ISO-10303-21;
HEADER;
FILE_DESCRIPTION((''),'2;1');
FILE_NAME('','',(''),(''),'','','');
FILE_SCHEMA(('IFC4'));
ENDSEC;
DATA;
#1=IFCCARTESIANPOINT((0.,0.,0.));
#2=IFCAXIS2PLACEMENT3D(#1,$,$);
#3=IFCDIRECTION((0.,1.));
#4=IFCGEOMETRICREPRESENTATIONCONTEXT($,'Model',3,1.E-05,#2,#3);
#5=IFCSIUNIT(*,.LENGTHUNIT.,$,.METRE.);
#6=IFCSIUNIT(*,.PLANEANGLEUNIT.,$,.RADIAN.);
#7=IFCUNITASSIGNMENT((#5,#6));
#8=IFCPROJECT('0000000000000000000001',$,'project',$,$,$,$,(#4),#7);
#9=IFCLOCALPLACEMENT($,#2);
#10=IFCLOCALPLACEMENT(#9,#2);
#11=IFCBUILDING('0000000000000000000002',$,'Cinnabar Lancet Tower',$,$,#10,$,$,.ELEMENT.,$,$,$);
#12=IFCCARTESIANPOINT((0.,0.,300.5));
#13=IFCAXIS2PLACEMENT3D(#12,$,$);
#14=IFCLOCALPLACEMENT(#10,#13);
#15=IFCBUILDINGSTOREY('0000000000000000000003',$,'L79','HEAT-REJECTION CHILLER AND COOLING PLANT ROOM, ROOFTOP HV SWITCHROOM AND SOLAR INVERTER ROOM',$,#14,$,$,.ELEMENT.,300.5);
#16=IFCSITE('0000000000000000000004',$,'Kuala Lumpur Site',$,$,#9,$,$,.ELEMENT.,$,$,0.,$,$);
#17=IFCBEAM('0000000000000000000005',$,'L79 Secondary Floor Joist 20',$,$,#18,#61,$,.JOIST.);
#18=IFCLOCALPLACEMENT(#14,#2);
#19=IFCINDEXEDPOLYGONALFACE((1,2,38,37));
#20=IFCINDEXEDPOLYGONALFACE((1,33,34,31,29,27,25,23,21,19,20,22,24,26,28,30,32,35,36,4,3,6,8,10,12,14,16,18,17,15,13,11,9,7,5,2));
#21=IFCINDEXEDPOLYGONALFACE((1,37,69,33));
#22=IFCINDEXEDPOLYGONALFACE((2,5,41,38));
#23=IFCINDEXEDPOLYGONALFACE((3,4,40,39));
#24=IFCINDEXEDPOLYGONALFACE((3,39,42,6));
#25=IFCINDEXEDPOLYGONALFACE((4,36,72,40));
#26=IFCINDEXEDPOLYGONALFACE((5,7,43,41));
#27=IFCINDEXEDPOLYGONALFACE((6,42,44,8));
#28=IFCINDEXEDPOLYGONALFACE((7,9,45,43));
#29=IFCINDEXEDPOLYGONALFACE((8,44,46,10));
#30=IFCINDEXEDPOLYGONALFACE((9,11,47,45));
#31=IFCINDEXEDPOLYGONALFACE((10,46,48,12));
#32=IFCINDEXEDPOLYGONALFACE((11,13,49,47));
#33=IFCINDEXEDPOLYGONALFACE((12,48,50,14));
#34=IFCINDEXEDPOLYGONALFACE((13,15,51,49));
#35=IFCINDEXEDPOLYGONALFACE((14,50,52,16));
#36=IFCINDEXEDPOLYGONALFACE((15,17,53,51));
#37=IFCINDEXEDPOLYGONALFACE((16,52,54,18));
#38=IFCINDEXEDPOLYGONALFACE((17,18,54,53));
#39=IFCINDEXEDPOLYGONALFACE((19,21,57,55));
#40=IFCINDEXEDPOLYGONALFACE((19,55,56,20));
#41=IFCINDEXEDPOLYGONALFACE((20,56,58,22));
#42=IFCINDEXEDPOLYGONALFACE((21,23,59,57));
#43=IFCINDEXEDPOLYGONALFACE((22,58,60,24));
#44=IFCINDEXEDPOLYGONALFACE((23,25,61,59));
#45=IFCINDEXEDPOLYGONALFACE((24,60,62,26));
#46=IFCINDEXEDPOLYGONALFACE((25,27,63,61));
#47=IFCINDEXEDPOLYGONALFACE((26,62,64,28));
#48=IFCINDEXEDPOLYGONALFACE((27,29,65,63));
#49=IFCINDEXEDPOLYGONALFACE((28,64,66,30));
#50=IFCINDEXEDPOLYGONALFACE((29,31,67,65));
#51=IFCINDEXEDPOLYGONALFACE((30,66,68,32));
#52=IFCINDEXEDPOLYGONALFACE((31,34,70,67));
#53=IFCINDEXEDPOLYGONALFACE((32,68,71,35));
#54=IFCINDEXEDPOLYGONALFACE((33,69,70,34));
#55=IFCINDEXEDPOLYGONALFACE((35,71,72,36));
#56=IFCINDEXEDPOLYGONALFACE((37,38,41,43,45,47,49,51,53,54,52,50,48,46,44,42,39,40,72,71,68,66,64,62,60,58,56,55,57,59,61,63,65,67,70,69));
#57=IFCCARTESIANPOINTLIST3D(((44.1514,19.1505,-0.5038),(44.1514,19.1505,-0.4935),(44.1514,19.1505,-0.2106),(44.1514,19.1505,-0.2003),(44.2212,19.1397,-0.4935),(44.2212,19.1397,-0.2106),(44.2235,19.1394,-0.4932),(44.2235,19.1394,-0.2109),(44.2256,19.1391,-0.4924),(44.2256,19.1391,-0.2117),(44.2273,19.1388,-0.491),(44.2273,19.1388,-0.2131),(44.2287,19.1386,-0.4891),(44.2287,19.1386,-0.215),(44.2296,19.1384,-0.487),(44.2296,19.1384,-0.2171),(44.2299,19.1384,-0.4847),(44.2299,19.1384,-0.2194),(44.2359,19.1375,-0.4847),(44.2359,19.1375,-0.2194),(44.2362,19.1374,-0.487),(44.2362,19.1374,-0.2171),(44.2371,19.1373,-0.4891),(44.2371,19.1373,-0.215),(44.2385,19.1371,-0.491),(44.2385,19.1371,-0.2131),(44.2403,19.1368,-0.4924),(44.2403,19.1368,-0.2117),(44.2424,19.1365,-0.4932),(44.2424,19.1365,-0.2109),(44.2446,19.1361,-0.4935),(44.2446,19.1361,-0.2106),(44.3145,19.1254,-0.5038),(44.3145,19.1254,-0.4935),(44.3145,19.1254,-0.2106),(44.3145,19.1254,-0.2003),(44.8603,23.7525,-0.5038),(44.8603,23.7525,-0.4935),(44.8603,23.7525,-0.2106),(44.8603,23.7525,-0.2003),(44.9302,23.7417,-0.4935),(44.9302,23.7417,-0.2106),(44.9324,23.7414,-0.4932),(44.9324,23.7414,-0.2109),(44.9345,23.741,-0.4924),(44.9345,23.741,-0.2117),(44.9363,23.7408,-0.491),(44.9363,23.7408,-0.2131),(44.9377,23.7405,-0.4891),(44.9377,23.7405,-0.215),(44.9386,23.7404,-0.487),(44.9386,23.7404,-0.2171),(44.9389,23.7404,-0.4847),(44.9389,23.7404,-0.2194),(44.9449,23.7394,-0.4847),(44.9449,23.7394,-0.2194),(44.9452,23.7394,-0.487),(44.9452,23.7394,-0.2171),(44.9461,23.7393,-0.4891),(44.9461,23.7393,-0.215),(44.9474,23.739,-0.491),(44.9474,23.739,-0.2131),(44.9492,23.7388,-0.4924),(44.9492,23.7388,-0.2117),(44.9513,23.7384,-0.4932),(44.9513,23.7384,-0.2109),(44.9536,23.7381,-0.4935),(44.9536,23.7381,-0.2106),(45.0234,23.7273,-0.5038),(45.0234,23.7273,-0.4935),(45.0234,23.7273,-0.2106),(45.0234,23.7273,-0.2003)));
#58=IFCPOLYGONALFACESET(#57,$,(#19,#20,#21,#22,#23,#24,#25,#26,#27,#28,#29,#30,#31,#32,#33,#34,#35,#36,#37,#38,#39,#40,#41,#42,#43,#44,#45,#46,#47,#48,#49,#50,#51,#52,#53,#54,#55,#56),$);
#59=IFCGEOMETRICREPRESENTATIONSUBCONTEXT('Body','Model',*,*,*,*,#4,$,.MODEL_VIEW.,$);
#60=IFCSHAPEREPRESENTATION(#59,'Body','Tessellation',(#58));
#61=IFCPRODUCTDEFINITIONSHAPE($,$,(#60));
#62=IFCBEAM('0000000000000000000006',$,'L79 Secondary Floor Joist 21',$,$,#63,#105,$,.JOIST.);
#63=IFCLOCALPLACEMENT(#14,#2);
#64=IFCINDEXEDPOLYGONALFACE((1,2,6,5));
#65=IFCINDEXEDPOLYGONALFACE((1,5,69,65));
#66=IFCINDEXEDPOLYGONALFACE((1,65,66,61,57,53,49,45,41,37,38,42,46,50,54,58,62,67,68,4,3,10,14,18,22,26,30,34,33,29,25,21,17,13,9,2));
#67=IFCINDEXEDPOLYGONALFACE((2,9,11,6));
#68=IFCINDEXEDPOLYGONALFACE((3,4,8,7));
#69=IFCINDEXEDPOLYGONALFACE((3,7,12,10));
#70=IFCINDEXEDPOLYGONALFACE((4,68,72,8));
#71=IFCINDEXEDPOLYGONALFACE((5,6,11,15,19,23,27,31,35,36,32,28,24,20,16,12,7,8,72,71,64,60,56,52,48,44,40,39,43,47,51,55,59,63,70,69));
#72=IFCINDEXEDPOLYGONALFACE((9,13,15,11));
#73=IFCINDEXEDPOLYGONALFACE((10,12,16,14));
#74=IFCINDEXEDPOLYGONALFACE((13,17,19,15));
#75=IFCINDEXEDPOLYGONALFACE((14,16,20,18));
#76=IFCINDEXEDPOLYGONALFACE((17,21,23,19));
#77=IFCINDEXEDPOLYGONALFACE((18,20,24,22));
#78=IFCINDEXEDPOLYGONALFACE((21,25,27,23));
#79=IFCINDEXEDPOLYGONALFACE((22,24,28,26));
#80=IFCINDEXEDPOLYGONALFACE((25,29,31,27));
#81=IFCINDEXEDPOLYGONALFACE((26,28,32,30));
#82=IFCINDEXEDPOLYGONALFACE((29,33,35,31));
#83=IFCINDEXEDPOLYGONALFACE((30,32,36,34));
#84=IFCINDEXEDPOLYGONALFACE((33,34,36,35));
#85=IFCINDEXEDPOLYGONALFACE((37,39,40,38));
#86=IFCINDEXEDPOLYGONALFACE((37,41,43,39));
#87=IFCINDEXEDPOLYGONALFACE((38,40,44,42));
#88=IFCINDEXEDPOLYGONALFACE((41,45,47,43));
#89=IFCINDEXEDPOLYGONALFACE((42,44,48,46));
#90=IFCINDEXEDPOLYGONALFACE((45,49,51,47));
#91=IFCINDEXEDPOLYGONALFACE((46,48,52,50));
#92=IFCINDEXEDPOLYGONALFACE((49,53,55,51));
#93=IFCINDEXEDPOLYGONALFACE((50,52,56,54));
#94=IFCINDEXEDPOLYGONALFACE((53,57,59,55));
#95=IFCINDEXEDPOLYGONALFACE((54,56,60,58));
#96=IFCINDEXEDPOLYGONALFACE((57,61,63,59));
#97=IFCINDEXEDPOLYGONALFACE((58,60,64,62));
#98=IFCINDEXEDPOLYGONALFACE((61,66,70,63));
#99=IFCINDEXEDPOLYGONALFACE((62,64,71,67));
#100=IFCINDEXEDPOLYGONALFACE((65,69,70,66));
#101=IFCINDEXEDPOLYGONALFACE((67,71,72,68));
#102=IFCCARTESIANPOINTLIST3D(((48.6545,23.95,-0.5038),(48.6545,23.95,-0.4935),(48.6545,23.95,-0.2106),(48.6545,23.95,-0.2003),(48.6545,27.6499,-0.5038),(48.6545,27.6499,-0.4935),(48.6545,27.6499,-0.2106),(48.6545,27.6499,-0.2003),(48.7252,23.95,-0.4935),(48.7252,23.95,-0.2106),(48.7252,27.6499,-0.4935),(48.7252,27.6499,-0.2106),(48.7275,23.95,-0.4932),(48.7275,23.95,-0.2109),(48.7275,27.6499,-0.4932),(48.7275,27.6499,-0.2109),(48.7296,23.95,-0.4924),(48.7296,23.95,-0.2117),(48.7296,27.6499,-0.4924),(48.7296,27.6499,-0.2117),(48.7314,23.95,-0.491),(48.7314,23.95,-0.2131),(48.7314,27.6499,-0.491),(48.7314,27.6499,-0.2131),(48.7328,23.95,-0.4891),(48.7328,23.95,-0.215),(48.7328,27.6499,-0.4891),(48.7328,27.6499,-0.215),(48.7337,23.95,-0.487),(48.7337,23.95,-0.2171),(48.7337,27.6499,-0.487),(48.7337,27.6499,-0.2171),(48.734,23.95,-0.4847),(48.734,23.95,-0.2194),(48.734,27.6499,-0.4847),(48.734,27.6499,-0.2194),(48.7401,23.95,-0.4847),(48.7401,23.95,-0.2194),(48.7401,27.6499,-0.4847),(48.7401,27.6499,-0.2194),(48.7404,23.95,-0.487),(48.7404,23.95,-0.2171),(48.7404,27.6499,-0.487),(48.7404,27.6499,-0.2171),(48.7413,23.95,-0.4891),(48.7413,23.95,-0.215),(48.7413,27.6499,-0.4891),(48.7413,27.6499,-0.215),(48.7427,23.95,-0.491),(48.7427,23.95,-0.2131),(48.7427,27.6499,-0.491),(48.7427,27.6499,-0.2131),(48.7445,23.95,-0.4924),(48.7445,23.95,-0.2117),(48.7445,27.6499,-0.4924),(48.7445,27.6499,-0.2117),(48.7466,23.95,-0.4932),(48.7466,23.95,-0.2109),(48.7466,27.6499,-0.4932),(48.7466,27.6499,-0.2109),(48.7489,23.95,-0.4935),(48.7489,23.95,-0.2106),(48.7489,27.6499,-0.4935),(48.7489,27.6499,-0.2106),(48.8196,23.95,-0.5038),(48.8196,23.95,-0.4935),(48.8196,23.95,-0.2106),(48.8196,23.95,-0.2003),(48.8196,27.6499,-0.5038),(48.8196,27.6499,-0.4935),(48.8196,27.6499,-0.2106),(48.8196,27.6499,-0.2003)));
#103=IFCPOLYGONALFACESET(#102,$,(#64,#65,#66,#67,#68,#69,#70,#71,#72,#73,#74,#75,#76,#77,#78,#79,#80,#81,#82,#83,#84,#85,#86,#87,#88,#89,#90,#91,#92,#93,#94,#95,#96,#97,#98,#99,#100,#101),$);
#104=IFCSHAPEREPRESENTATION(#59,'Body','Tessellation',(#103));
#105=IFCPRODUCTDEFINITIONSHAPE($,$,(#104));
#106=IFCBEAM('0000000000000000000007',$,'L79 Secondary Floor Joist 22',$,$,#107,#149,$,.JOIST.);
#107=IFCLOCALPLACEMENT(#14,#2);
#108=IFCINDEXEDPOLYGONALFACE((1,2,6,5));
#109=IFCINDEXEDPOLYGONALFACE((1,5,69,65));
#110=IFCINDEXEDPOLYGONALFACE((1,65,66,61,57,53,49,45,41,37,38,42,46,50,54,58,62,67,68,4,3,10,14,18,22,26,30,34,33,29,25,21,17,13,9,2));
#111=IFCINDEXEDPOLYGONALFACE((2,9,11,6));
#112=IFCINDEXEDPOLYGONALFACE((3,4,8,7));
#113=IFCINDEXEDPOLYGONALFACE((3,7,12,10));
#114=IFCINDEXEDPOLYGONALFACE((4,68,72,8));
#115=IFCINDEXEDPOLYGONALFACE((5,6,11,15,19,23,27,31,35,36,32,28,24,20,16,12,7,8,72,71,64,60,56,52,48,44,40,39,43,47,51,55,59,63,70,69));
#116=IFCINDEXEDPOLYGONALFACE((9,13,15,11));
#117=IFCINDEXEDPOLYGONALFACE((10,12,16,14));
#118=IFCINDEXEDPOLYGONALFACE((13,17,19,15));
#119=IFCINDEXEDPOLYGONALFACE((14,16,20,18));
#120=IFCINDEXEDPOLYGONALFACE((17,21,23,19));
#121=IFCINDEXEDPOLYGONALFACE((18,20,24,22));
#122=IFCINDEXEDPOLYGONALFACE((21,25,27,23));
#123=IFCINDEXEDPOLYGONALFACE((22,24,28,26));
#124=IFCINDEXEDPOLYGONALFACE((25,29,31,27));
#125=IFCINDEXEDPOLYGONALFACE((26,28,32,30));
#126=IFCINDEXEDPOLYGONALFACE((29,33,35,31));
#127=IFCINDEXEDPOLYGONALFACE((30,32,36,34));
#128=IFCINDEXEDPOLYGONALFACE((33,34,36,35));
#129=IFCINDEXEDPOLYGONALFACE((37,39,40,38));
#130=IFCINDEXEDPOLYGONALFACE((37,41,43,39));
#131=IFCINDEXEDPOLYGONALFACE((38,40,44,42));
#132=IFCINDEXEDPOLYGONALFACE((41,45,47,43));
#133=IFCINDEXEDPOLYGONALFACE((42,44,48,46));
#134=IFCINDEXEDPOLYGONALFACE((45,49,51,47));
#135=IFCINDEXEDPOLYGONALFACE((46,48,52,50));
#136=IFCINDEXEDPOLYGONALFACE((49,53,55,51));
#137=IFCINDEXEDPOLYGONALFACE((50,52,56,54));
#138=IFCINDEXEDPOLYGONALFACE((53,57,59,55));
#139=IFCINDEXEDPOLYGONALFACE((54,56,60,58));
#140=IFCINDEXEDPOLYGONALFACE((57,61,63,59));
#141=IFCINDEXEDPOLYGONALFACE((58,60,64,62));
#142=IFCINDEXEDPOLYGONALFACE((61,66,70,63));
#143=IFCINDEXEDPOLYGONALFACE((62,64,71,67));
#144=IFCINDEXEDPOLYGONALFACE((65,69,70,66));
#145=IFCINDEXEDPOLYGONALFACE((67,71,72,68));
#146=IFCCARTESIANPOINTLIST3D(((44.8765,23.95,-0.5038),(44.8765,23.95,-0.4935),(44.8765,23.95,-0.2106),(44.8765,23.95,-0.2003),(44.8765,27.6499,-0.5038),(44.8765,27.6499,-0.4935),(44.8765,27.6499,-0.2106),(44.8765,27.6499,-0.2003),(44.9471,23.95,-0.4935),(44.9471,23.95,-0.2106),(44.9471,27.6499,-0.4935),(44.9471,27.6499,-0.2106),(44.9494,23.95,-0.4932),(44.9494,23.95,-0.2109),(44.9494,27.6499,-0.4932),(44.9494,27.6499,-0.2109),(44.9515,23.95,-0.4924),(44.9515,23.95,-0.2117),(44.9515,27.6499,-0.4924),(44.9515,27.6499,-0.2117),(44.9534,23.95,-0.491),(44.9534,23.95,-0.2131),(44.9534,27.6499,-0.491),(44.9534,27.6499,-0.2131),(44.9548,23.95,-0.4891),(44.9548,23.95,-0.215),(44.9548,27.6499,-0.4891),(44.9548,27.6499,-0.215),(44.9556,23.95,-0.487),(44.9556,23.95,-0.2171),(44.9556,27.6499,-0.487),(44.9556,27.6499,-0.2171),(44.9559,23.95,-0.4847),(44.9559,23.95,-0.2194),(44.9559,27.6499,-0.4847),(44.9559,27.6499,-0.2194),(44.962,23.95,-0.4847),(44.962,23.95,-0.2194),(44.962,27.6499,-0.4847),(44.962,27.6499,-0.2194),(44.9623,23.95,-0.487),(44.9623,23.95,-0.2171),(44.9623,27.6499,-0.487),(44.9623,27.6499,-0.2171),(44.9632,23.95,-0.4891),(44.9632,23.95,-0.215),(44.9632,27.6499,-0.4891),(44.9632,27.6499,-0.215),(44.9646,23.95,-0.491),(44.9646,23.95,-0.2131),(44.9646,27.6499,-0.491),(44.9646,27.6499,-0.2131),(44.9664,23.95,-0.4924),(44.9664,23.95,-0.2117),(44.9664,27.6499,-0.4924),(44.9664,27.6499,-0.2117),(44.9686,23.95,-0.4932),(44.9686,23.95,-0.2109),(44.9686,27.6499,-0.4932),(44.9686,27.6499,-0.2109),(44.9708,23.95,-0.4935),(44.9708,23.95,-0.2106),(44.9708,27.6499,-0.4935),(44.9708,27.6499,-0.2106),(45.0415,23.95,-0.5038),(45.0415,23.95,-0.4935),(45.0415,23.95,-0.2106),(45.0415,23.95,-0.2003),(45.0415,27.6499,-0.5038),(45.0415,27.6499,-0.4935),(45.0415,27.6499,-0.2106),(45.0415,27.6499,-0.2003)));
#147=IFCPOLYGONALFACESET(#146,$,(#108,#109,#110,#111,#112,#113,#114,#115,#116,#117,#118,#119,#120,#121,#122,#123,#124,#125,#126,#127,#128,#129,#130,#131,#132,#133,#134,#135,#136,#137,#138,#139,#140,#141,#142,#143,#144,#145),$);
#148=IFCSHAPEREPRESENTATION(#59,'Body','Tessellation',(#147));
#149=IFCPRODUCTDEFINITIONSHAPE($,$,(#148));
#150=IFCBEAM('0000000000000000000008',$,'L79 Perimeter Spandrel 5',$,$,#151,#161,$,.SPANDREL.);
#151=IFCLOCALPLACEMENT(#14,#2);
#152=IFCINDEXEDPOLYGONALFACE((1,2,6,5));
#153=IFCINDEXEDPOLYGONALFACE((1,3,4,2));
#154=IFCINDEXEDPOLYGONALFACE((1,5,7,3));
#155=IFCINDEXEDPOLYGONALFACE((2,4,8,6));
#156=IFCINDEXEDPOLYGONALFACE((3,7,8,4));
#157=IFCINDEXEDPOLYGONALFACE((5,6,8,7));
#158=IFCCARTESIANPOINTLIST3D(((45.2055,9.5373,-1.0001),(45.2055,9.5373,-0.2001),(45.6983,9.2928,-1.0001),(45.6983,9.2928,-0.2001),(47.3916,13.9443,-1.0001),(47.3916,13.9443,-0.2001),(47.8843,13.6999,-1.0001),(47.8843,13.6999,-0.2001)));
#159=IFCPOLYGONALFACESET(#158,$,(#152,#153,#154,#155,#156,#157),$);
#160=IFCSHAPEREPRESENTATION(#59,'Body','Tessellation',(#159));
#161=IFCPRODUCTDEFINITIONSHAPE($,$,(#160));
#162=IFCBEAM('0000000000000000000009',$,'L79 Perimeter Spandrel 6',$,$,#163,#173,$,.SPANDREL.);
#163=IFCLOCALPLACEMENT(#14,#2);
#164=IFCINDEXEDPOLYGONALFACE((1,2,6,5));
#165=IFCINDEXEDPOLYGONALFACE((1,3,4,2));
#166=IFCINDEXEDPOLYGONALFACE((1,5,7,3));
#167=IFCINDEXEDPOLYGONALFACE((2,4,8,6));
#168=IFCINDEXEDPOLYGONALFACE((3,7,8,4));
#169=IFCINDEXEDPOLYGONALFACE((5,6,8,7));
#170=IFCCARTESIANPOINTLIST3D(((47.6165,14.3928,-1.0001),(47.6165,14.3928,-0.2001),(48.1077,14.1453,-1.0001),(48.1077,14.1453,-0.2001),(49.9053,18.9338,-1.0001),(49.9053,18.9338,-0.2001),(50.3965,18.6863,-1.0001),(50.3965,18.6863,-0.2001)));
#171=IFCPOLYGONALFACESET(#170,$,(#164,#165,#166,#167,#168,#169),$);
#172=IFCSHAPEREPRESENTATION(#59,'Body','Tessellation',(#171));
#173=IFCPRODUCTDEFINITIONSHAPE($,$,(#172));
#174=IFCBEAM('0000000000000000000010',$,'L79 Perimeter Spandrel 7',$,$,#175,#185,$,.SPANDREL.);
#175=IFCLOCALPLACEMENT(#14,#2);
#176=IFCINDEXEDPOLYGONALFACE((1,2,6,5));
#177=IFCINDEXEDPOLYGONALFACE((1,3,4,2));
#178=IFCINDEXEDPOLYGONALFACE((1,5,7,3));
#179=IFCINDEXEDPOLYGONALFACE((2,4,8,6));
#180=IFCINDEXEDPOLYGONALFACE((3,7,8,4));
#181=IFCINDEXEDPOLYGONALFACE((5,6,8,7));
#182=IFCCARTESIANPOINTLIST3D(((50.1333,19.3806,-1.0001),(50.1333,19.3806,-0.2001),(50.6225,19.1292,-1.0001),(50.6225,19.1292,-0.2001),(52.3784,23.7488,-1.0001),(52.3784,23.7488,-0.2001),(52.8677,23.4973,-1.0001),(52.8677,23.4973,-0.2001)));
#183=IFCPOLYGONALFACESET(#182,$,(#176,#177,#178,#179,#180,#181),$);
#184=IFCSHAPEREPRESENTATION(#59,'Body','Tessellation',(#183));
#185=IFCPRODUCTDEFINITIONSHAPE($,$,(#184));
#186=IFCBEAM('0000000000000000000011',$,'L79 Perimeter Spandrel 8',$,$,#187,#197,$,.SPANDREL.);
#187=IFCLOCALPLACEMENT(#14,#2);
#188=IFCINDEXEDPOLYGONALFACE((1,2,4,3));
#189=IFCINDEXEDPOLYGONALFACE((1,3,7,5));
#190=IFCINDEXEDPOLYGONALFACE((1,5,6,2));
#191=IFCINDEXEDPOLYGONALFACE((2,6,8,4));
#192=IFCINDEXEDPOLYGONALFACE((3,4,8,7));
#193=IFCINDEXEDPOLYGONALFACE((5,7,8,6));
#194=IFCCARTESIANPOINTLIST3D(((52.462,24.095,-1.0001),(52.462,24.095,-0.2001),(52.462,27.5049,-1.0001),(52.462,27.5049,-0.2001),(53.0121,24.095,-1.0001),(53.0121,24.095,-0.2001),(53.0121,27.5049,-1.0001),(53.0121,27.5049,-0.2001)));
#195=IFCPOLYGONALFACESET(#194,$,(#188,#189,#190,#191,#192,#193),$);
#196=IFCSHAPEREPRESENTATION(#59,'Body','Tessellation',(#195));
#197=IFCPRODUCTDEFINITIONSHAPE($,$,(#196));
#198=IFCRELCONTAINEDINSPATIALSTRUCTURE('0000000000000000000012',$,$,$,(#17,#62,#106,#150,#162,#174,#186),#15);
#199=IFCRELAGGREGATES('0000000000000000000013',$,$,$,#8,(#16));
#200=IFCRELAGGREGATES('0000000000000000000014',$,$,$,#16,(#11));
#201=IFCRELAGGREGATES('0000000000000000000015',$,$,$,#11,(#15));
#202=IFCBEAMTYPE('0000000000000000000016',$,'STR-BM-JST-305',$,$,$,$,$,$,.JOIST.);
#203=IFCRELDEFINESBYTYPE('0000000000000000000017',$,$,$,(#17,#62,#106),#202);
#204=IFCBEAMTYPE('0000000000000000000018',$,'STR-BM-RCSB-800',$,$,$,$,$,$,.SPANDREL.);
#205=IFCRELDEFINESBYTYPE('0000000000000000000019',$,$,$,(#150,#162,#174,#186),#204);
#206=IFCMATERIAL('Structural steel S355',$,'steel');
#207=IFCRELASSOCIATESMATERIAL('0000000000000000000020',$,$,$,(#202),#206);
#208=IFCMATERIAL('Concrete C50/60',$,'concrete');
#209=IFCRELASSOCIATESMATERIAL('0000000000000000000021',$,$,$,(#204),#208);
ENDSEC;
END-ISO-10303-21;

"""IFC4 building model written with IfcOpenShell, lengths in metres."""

from ifc_helpers import new_model, si_unit, direction, frame, origin, origin_2d, place, context, subcontext, project, spatial, rectangle, i_section, extrude, material, material_profile, profile_set, type_object, element, save


model = new_model("IFC4")

# Units and contexts
model_context = context("Model", 3, precision=1e-05, world=origin(), true_north=direction((0.0, 1.0)))
body_context = subcontext(model_context, "Body", "Model", "MODEL_VIEW")
ifc_project = project(units=[si_unit("LENGTHUNIT", "METRE"), si_unit("PLANEANGLEUNIT", "RADIAN")], contexts=[model_context])

# Site, building, storey
site_placement = place(None, origin())
site = spatial("IfcSite", under=ifc_project, at=site_placement, Name="Kuala Lumpur Site", CompositionType="ELEMENT", RefElevation=0.0)
building_placement = place(site_placement, origin())
building = spatial("IfcBuilding", under=site, at=building_placement, Name="Cinnabar Lancet Tower", CompositionType="ELEMENT")
storey_placement = place(building_placement, frame((0.0, 0.0, 300.5)))
storey = spatial("IfcBuildingStorey", under=building, at=storey_placement, Name="L79", Description="HEAT-REJECTION CHILLER AND COOLING PLANT ROOM, ROOFTOP HV SWITCHROOM AND SOLAR INVERTER ROOM", CompositionType="ELEMENT", Elevation=300.5)

# Beams
ifc_material_1 = material(Name="Structural steel S355", Category="steel")
ifc_material_profile_1 = material_profile(ifc_material_1, i_section(OverallWidth=0.165, OverallDepth=0.3035, WebThickness=0.0061, FlangeThickness=0.0103, FilletRadius=0.0088, at=origin_2d()), Name="UKB 305x165x40")
ifc_profile_set_1 = profile_set([ifc_material_profile_1], Name="Structural steel S355")
beam_type_1 = type_object("IfcBeamType", Name="STR-BM-JST-305", PredefinedType="JOIST", material=ifc_profile_set_1)
beam_1_placement = place(storey_placement, frame((44.2329, 19.1379, -0.3521), z_axis=(0.152262, 0.98834, 0.0), x_axis=(-0.98834, 0.152262, 0.0)))
element("IfcBeam", 1, at=beam_1_placement, inside=storey, type_object=beam_type_1, Name="L79 Secondary Floor Joist 20", PredefinedType="JOIST", context=body_context, shape_type="SweptSolid", body=[
    extrude(i_section(OverallWidth=0.165, OverallDepth=0.3035, WebThickness=0.0061, FlangeThickness=0.0103, FilletRadius=0.0088, at=origin_2d()), origin(), (0.0, 0.0, 1.0), 4.6562),
])
for number, where, z_axis, x_axis, name in (
    (2, (48.7371, 23.95, -0.3521), (0.0, 1.0, 0.0), (-1.0, 0.0, 0.0), "L79 Secondary Floor Joist 21"),
    (3, (44.959, 23.95, -0.3521), (0.0, 1.0, 0.0), (-1.0, 0.0, 0.0), "L79 Secondary Floor Joist 22"),
):
    element("IfcBeam", number, at=place(storey_placement, frame(where, z_axis=z_axis, x_axis=x_axis)), inside=storey, type_object=beam_type_1, Name=name, PredefinedType="JOIST", context=body_context, shape_type="SweptSolid", body=[
        extrude(i_section(OverallWidth=0.165, OverallDepth=0.3035, WebThickness=0.0061, FlangeThickness=0.0103, FilletRadius=0.0088, at=origin_2d()), origin(), (0.0, 0.0, 1.0), 3.7),
    ])
ifc_material_2 = material(Name="Concrete C50/60", Category="concrete")
ifc_material_profile_2 = material_profile(ifc_material_2, rectangle(XDim=0.55, YDim=0.8, at=origin_2d()), Name="RC-SB 550x800")
ifc_profile_set_2 = profile_set([ifc_material_profile_2], Name="Concrete C50/60")
beam_type_2 = type_object("IfcBeamType", Name="STR-BM-RCSB-800", PredefinedType="SPANDREL", material=ifc_profile_set_2)
beam_2_placement = place(storey_placement, frame((45.4519, 9.415, -0.6001), z_axis=(0.444373, 0.895842, 0.0), x_axis=(-0.895842, 0.444373, 0.0)))
element("IfcBeam", 4, at=beam_2_placement, inside=storey, type_object=beam_type_2, Name="L79 Perimeter Spandrel 5", PredefinedType="SPANDREL", context=body_context, shape_type="SweptSolid", body=[
    extrude(rectangle(XDim=0.55, YDim=0.8, at=origin_2d()), origin(), (0.0, 0.0, 1.0), 4.9194),
])
beam_3_placement = place(storey_placement, frame((47.8621, 14.269, -0.6001), z_axis=(0.450092, 0.892982, 0.0), x_axis=(-0.892982, 0.450092, 0.0)))
element("IfcBeam", 5, at=beam_3_placement, inside=storey, type_object=beam_type_2, Name="L79 Perimeter Spandrel 6", PredefinedType="SPANDREL", context=body_context, shape_type="SweptSolid", body=[
    extrude(rectangle(XDim=0.55, YDim=0.8, at=origin_2d()), origin(), (0.0, 0.0, 1.0), 5.0852),
])
beam_4_placement = place(storey_placement, frame((50.3779, 19.2549, -0.6001), z_axis=(0.457128, 0.889401, 0.0), x_axis=(-0.889401, 0.457128, 0.0)))
element("IfcBeam", 6, at=beam_4_placement, inside=storey, type_object=beam_type_2, Name="L79 Perimeter Spandrel 7", PredefinedType="SPANDREL", context=body_context, shape_type="SweptSolid", body=[
    extrude(rectangle(XDim=0.55, YDim=0.8, at=origin_2d()), origin(), (0.0, 0.0, 1.0), 4.9114),
])
beam_5_placement = place(storey_placement, frame((52.7371, 24.095, -0.6001), z_axis=(0.0, 1.0, 0.0), x_axis=(-1.0, 0.0, 0.0)))
element("IfcBeam", 7, at=beam_5_placement, inside=storey, type_object=beam_type_2, Name="L79 Perimeter Spandrel 8", PredefinedType="SPANDREL", context=body_context, shape_type="SweptSolid", body=[
    extrude(rectangle(XDim=0.55, YDim=0.8, at=origin_2d()), origin(), (0.0, 0.0, 1.0), 3.4099),
])

save(model, "model.ifc")
